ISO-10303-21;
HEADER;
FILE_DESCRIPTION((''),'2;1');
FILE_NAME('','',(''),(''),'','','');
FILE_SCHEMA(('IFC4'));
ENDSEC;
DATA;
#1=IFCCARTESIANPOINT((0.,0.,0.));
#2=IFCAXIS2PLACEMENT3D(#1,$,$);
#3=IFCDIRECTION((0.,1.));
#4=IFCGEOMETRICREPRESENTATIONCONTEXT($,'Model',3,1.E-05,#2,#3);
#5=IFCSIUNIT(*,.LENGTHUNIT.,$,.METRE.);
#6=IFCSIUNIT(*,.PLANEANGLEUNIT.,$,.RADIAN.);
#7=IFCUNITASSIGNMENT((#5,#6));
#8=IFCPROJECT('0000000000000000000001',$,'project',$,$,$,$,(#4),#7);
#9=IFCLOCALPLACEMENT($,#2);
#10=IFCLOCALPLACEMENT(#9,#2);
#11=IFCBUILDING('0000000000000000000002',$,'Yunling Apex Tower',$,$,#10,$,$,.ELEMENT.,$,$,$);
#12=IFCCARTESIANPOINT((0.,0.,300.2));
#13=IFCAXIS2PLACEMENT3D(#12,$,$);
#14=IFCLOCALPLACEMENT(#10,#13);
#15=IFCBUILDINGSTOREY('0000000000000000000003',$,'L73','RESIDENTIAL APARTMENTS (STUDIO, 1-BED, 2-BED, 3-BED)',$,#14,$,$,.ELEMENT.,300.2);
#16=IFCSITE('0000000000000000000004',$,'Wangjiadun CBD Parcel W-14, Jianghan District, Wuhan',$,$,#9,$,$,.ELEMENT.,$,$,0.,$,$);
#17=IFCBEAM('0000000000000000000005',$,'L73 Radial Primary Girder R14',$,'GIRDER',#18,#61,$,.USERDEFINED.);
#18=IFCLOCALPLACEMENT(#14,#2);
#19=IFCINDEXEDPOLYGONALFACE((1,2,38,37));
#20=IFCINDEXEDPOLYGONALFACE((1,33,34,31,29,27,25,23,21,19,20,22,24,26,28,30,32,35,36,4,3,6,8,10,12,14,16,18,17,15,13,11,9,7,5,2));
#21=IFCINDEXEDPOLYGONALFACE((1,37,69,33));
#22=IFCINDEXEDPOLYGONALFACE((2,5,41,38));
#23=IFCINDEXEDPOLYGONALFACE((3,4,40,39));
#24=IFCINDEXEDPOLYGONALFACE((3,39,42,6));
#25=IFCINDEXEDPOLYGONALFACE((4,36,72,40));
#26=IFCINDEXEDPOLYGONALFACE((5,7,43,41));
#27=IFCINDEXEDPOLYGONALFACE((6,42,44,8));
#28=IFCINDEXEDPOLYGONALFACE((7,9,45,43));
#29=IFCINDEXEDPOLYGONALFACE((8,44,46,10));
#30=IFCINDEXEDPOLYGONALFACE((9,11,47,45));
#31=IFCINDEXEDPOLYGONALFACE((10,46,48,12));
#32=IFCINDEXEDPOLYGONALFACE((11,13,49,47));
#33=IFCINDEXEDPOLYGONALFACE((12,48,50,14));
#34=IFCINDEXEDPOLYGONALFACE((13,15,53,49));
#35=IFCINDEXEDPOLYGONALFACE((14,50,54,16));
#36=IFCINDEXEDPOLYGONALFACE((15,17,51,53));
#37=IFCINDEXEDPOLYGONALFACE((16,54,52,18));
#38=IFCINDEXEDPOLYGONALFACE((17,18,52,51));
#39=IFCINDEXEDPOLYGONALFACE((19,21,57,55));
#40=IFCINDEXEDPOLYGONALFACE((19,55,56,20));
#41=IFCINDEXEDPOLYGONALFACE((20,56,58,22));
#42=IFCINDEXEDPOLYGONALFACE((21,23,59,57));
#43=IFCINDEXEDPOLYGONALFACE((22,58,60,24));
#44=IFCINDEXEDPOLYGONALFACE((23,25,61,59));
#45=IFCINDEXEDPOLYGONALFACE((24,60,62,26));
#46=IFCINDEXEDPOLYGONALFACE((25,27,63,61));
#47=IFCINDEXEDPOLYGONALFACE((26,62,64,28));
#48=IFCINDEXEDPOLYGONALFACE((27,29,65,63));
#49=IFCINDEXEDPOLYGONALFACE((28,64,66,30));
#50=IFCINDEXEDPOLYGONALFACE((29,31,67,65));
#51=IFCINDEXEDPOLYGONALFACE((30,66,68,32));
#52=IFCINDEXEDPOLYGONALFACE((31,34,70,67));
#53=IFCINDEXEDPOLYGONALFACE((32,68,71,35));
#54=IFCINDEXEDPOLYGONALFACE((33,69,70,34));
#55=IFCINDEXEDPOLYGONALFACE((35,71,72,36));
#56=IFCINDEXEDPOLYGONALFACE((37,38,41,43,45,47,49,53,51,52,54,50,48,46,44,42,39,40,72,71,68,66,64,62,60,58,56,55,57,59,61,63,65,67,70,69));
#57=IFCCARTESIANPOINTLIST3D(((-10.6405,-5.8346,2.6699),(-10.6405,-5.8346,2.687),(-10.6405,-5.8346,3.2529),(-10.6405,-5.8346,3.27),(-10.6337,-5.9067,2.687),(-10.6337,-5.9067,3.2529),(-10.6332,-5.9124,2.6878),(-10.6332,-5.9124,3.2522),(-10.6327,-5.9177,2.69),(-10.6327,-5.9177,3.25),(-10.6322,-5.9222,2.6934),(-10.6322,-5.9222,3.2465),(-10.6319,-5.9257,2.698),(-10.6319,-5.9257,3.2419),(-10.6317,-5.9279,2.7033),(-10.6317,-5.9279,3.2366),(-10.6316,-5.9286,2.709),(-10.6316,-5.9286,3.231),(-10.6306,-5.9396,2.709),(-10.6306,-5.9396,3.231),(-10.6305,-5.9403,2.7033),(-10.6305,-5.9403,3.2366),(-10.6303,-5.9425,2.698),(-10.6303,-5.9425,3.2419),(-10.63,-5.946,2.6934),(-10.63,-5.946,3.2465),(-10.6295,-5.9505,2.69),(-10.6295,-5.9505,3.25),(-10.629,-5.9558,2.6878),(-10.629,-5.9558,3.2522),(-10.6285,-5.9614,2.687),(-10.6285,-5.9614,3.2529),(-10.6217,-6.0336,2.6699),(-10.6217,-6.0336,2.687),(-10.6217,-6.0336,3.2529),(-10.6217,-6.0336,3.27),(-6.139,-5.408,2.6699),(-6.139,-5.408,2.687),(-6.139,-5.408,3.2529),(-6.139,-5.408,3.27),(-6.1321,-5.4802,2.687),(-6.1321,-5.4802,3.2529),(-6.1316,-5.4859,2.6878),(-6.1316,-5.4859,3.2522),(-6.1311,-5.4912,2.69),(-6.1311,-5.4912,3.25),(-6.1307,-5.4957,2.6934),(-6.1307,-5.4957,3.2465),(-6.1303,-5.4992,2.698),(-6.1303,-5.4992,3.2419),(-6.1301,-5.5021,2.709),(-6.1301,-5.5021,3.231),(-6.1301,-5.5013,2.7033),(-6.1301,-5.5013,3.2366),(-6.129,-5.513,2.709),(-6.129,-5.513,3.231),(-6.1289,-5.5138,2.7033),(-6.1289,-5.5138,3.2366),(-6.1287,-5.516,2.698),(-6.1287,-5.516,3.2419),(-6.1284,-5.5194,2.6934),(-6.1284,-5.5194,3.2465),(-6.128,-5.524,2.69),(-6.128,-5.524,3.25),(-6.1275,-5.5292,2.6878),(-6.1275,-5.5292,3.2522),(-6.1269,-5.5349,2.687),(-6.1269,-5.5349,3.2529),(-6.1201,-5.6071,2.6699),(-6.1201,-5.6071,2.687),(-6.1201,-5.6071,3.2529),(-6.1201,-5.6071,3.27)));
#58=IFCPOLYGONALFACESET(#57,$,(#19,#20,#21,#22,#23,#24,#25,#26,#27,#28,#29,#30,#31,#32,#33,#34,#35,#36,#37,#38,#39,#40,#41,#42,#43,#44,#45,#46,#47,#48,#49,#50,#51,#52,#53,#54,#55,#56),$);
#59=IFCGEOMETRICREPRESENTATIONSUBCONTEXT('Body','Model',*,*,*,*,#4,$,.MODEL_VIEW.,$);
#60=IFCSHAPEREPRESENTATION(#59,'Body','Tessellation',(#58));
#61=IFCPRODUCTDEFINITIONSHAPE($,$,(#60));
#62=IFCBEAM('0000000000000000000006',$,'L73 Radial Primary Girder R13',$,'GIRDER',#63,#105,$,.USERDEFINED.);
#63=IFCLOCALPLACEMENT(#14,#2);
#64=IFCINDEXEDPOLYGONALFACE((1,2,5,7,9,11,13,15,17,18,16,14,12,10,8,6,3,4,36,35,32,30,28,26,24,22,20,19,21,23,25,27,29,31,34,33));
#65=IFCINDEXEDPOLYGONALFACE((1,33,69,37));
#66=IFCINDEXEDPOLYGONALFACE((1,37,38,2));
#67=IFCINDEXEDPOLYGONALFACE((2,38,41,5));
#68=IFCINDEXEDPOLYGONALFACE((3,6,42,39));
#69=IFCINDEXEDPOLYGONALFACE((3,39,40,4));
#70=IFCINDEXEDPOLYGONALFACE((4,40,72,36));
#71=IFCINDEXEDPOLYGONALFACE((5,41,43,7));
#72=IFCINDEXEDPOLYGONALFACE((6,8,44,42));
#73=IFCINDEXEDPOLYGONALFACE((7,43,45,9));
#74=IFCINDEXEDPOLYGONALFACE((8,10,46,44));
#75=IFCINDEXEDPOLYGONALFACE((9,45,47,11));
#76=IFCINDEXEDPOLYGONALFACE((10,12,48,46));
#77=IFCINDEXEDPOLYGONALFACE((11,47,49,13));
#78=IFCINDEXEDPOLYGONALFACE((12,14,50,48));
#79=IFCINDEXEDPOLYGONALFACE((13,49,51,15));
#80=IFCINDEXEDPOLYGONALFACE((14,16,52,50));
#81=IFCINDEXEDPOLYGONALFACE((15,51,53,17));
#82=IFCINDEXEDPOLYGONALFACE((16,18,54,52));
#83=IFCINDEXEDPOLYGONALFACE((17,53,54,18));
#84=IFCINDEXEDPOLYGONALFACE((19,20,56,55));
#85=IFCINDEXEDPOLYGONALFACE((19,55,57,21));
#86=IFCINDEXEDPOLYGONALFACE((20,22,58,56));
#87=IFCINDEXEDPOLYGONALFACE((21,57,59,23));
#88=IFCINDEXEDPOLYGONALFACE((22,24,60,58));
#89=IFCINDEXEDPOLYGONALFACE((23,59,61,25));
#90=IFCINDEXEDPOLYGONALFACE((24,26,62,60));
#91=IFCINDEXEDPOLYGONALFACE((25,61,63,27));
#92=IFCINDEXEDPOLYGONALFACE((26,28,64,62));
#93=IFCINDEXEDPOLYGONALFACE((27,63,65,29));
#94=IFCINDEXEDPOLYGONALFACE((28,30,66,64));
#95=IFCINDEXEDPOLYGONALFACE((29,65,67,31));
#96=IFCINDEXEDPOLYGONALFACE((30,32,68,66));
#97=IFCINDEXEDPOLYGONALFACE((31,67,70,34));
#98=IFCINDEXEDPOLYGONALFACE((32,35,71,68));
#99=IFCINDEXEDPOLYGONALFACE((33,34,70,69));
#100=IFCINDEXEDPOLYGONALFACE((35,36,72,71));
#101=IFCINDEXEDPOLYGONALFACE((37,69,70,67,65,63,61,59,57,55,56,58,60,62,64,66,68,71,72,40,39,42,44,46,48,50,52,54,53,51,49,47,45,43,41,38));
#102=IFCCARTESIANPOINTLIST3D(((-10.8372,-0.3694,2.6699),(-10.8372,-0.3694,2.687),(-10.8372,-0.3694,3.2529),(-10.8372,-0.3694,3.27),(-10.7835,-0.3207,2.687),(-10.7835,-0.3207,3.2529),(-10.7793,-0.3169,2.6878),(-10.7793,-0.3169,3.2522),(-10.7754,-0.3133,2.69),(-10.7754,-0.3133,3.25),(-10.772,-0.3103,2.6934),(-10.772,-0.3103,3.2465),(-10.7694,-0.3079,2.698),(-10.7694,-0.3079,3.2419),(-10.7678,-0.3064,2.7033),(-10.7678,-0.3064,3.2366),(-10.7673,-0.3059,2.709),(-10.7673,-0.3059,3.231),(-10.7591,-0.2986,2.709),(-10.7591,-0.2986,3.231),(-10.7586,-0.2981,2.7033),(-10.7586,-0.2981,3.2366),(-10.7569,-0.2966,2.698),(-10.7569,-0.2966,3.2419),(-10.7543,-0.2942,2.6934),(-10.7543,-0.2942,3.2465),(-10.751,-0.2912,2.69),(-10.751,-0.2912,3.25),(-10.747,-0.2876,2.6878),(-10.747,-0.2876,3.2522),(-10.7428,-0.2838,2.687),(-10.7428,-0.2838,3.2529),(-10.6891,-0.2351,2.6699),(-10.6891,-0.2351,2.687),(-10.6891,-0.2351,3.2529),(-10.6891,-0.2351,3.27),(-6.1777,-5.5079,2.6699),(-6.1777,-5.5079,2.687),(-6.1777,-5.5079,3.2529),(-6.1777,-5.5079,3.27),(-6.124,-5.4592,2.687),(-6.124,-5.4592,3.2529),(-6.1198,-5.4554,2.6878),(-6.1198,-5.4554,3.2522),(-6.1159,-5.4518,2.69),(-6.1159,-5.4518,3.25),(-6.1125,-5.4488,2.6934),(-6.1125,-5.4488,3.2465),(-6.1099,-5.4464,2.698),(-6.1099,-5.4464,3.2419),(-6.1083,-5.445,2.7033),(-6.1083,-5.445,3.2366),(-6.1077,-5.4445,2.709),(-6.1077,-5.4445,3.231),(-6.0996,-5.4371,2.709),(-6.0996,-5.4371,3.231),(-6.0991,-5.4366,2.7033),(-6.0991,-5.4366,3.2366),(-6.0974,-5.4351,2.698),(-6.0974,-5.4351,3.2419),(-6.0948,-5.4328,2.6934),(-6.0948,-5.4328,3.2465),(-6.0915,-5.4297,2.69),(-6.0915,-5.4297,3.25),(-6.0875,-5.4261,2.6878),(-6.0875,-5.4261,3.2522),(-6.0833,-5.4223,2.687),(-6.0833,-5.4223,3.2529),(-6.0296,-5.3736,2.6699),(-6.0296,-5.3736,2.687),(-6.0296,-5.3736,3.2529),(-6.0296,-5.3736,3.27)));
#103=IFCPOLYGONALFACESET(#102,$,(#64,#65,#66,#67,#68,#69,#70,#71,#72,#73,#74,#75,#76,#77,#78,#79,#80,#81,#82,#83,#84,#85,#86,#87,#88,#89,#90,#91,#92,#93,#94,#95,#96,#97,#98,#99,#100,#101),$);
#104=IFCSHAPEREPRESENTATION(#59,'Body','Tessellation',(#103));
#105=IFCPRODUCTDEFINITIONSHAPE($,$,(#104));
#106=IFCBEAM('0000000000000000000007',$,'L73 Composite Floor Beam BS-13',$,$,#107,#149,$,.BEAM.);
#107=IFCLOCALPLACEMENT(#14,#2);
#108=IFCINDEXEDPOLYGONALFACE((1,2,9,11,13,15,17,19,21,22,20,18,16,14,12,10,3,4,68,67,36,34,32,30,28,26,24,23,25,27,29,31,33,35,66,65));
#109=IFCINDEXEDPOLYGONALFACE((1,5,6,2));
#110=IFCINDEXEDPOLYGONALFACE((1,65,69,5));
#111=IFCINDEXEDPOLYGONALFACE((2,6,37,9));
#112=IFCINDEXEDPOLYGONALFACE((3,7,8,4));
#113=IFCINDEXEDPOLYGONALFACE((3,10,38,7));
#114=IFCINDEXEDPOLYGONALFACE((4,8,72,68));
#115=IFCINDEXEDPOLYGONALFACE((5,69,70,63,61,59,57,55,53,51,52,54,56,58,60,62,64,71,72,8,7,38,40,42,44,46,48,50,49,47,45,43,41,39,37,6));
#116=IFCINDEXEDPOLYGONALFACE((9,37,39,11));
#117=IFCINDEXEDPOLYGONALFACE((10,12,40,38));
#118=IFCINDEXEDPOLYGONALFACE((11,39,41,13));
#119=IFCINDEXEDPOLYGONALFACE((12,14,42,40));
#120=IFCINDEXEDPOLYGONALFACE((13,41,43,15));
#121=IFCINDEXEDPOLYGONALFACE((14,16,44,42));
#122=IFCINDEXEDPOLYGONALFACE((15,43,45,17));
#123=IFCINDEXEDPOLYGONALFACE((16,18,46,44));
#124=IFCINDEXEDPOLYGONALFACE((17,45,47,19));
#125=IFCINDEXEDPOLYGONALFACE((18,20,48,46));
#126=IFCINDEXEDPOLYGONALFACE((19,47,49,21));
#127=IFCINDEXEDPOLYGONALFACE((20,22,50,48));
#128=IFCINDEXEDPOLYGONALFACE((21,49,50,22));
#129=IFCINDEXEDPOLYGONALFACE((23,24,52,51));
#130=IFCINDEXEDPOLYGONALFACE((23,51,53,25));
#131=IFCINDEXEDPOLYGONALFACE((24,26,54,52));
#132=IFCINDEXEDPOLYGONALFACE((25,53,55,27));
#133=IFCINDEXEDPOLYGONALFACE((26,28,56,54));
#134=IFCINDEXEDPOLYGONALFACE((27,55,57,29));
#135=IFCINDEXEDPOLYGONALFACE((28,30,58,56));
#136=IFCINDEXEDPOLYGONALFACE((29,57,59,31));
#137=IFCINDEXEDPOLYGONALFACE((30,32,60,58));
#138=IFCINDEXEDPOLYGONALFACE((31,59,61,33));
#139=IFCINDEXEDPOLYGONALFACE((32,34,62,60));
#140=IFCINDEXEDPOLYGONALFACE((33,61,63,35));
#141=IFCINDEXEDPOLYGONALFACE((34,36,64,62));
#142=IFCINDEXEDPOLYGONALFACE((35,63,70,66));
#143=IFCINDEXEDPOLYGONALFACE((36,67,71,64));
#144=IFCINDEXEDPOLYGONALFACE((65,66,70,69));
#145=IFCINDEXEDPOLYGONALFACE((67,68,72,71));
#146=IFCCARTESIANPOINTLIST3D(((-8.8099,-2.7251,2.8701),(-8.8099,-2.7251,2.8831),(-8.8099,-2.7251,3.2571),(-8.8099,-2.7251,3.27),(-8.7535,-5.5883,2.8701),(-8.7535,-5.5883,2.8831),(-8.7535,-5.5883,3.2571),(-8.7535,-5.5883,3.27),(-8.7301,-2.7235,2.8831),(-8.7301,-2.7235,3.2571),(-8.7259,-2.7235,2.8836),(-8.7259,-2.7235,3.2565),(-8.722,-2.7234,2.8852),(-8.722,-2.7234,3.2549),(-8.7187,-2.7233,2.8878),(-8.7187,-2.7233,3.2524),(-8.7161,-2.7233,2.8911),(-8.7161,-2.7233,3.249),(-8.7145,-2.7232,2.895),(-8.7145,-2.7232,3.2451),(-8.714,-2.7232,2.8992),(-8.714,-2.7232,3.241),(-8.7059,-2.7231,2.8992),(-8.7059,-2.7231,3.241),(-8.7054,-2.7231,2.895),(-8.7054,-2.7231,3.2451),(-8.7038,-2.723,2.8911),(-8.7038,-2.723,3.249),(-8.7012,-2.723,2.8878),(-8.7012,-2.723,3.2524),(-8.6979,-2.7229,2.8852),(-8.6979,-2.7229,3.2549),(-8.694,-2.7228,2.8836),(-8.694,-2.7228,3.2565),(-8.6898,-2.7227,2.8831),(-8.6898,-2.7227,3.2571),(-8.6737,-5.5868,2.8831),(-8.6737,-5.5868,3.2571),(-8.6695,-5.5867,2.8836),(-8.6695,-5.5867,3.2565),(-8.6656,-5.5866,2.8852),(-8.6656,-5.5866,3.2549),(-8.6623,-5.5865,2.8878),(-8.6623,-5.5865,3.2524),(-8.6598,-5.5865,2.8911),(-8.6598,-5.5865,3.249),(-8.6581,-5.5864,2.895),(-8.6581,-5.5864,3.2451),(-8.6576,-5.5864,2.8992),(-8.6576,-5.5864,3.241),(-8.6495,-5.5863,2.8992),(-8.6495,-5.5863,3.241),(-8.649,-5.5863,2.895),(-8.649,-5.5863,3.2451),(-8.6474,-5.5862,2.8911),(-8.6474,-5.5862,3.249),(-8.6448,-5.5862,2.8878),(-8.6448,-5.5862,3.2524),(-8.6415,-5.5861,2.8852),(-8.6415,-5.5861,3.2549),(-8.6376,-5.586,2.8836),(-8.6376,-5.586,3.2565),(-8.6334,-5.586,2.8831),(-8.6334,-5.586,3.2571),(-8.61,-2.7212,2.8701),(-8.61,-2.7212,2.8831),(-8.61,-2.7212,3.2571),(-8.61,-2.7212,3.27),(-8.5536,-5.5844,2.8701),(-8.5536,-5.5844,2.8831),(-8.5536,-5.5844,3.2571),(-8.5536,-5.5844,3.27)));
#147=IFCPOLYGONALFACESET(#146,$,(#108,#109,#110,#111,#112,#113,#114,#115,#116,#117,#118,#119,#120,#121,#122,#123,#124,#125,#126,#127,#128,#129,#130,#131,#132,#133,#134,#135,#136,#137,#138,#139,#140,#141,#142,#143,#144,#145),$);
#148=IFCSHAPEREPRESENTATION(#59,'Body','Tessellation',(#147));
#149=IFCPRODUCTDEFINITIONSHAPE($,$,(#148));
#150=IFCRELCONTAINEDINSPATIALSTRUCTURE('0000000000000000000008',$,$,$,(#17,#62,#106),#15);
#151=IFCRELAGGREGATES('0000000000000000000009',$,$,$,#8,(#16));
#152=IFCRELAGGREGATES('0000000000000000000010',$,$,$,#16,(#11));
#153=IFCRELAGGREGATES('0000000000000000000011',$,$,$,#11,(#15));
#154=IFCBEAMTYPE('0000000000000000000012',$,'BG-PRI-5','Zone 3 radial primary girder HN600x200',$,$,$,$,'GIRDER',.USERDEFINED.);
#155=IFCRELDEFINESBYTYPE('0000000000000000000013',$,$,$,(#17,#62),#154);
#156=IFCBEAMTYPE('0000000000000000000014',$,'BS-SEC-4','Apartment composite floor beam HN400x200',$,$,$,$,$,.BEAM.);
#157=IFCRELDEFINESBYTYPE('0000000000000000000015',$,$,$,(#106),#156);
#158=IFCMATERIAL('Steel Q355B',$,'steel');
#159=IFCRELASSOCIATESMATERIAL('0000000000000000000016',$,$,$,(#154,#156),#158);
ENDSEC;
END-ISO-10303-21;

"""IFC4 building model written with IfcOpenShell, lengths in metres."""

from ifc_helpers import new_model, si_unit, direction, frame, origin, origin_2d, place, context, subcontext, project, spatial, i_section, extrude, source, transform, mapped, material, material_profile, profile_set, type_object, element, save


model = new_model("IFC4")

# Units and contexts
model_context = context("Model", 3, precision=1e-05, world=origin(), true_north=direction((0.0, 1.0)))
body_context = subcontext(model_context, "Body", "Model", "MODEL_VIEW")
ifc_project = project(units=[si_unit("LENGTHUNIT", "METRE"), si_unit("PLANEANGLEUNIT", "RADIAN")], contexts=[model_context])

# Site, building, storey
site_placement = place(None, origin())
site = spatial("IfcSite", under=ifc_project, at=site_placement, Name="Wangjiadun CBD Parcel W-14, Jianghan District, Wuhan", CompositionType="ELEMENT", RefElevation=0.0)
building_placement = place(site_placement, origin())
building = spatial("IfcBuilding", under=site, at=building_placement, Name="Yunling Apex Tower", CompositionType="ELEMENT")
storey_placement = place(building_placement, frame((0.0, 0.0, 300.2)))
storey = spatial("IfcBuildingStorey", under=building, at=storey_placement, Name="L73", Description="RESIDENTIAL APARTMENTS (STUDIO, 1-BED, 2-BED, 3-BED)", CompositionType="ELEMENT", Elevation=300.2)

# Shared definitions
ifc_material_1 = material(Name="Steel Q355B", Category="steel")

# Beams
ifc_material_profile_1 = material_profile(ifc_material_1, i_section(OverallWidth=0.2, OverallDepth=0.6001, WebThickness=0.011, FlangeThickness=0.0171, FilletRadius=0.022, at=origin_2d()))
ifc_profile_set_1 = profile_set([ifc_material_profile_1], Name="Steel Q355B")
beam_type_1 = type_object("IfcBeamType", Name="BG-PRI-5", Description="Zone 3 radial primary girder HN600x200", ElementType="GIRDER", PredefinedType="USERDEFINED", material=ifc_profile_set_1)
shared_shape_1 = source(origin(), body_context, "Body", "SweptSolid", [
    extrude(i_section(OverallWidth=0.2, OverallDepth=0.6001, WebThickness=0.011, FlangeThickness=0.0171, FilletRadius=0.022, at=origin_2d()), origin(), (0.0, 0.0, 1.0), 4.5217),
])
beam_1_placement = place(storey_placement, frame((-10.6311, -5.9341, 2.97), z_axis=(0.995541, 0.094328, 0.0), x_axis=(-0.094328, 0.995541, 0.0)))
element("IfcBeam", 1, at=beam_1_placement, inside=storey, type_object=beam_type_1, Name="L73 Radial Primary Girder R14", ObjectType="GIRDER", PredefinedType="USERDEFINED", context=body_context, shape_type="MappedRepresentation", body=[
    mapped(shared_shape_1, transform((0.0, 0.0, 0.0), scale=1.0)),
])
shared_shape_2 = source(origin(), body_context, "Body", "SweptSolid", [
    extrude(i_section(OverallWidth=0.2, OverallDepth=0.6001, WebThickness=0.011, FlangeThickness=0.0171, FilletRadius=0.022, at=origin_2d()), origin(), (0.0, 0.0, 1.0), 6.9365),
])
beam_2_placement = place(storey_placement, frame((-10.7632, -0.3022, 2.97), z_axis=(0.671735, -0.740792, 0.0), x_axis=(0.740792, 0.671735, 0.0)))
element("IfcBeam", 2, at=beam_2_placement, inside=storey, type_object=beam_type_1, Name="L73 Radial Primary Girder R13", ObjectType="GIRDER", PredefinedType="USERDEFINED", context=body_context, shape_type="MappedRepresentation", body=[
    mapped(shared_shape_2, transform((0.0, 0.0, 0.0), scale=1.0)),
])
ifc_material_profile_2 = material_profile(ifc_material_1, i_section(OverallWidth=0.2, OverallDepth=0.3999, WebThickness=0.0081, FlangeThickness=0.0129, FilletRadius=0.0161, at=origin_2d()))
ifc_profile_set_2 = profile_set([ifc_material_profile_2], Name="Steel Q355B")
beam_type_2 = type_object("IfcBeamType", Name="BS-SEC-4", Description="Apartment composite floor beam HN400x200", PredefinedType="BEAM", material=ifc_profile_set_2)
shared_shape_3 = source(origin(), body_context, "Body", "SweptSolid", [
    extrude(i_section(OverallWidth=0.2, OverallDepth=0.3999, WebThickness=0.0081, FlangeThickness=0.0129, FilletRadius=0.0161, at=origin_2d()), origin(), (0.0, 0.0, 1.0), 2.8638),
])
beam_3_placement = place(storey_placement, frame((-8.71, -2.7231, 3.0701), z_axis=(0.019693, -0.999806, 0.0), x_axis=(0.999806, 0.019693, 0.0)))
element("IfcBeam", 3, at=beam_3_placement, inside=storey, type_object=beam_type_2, Name="L73 Composite Floor Beam BS-13", PredefinedType="BEAM", context=body_context, shape_type="MappedRepresentation", body=[
    mapped(shared_shape_3, transform((0.0, 0.0, 0.0), scale=1.0)),
])

save(model, "model.ifc")
